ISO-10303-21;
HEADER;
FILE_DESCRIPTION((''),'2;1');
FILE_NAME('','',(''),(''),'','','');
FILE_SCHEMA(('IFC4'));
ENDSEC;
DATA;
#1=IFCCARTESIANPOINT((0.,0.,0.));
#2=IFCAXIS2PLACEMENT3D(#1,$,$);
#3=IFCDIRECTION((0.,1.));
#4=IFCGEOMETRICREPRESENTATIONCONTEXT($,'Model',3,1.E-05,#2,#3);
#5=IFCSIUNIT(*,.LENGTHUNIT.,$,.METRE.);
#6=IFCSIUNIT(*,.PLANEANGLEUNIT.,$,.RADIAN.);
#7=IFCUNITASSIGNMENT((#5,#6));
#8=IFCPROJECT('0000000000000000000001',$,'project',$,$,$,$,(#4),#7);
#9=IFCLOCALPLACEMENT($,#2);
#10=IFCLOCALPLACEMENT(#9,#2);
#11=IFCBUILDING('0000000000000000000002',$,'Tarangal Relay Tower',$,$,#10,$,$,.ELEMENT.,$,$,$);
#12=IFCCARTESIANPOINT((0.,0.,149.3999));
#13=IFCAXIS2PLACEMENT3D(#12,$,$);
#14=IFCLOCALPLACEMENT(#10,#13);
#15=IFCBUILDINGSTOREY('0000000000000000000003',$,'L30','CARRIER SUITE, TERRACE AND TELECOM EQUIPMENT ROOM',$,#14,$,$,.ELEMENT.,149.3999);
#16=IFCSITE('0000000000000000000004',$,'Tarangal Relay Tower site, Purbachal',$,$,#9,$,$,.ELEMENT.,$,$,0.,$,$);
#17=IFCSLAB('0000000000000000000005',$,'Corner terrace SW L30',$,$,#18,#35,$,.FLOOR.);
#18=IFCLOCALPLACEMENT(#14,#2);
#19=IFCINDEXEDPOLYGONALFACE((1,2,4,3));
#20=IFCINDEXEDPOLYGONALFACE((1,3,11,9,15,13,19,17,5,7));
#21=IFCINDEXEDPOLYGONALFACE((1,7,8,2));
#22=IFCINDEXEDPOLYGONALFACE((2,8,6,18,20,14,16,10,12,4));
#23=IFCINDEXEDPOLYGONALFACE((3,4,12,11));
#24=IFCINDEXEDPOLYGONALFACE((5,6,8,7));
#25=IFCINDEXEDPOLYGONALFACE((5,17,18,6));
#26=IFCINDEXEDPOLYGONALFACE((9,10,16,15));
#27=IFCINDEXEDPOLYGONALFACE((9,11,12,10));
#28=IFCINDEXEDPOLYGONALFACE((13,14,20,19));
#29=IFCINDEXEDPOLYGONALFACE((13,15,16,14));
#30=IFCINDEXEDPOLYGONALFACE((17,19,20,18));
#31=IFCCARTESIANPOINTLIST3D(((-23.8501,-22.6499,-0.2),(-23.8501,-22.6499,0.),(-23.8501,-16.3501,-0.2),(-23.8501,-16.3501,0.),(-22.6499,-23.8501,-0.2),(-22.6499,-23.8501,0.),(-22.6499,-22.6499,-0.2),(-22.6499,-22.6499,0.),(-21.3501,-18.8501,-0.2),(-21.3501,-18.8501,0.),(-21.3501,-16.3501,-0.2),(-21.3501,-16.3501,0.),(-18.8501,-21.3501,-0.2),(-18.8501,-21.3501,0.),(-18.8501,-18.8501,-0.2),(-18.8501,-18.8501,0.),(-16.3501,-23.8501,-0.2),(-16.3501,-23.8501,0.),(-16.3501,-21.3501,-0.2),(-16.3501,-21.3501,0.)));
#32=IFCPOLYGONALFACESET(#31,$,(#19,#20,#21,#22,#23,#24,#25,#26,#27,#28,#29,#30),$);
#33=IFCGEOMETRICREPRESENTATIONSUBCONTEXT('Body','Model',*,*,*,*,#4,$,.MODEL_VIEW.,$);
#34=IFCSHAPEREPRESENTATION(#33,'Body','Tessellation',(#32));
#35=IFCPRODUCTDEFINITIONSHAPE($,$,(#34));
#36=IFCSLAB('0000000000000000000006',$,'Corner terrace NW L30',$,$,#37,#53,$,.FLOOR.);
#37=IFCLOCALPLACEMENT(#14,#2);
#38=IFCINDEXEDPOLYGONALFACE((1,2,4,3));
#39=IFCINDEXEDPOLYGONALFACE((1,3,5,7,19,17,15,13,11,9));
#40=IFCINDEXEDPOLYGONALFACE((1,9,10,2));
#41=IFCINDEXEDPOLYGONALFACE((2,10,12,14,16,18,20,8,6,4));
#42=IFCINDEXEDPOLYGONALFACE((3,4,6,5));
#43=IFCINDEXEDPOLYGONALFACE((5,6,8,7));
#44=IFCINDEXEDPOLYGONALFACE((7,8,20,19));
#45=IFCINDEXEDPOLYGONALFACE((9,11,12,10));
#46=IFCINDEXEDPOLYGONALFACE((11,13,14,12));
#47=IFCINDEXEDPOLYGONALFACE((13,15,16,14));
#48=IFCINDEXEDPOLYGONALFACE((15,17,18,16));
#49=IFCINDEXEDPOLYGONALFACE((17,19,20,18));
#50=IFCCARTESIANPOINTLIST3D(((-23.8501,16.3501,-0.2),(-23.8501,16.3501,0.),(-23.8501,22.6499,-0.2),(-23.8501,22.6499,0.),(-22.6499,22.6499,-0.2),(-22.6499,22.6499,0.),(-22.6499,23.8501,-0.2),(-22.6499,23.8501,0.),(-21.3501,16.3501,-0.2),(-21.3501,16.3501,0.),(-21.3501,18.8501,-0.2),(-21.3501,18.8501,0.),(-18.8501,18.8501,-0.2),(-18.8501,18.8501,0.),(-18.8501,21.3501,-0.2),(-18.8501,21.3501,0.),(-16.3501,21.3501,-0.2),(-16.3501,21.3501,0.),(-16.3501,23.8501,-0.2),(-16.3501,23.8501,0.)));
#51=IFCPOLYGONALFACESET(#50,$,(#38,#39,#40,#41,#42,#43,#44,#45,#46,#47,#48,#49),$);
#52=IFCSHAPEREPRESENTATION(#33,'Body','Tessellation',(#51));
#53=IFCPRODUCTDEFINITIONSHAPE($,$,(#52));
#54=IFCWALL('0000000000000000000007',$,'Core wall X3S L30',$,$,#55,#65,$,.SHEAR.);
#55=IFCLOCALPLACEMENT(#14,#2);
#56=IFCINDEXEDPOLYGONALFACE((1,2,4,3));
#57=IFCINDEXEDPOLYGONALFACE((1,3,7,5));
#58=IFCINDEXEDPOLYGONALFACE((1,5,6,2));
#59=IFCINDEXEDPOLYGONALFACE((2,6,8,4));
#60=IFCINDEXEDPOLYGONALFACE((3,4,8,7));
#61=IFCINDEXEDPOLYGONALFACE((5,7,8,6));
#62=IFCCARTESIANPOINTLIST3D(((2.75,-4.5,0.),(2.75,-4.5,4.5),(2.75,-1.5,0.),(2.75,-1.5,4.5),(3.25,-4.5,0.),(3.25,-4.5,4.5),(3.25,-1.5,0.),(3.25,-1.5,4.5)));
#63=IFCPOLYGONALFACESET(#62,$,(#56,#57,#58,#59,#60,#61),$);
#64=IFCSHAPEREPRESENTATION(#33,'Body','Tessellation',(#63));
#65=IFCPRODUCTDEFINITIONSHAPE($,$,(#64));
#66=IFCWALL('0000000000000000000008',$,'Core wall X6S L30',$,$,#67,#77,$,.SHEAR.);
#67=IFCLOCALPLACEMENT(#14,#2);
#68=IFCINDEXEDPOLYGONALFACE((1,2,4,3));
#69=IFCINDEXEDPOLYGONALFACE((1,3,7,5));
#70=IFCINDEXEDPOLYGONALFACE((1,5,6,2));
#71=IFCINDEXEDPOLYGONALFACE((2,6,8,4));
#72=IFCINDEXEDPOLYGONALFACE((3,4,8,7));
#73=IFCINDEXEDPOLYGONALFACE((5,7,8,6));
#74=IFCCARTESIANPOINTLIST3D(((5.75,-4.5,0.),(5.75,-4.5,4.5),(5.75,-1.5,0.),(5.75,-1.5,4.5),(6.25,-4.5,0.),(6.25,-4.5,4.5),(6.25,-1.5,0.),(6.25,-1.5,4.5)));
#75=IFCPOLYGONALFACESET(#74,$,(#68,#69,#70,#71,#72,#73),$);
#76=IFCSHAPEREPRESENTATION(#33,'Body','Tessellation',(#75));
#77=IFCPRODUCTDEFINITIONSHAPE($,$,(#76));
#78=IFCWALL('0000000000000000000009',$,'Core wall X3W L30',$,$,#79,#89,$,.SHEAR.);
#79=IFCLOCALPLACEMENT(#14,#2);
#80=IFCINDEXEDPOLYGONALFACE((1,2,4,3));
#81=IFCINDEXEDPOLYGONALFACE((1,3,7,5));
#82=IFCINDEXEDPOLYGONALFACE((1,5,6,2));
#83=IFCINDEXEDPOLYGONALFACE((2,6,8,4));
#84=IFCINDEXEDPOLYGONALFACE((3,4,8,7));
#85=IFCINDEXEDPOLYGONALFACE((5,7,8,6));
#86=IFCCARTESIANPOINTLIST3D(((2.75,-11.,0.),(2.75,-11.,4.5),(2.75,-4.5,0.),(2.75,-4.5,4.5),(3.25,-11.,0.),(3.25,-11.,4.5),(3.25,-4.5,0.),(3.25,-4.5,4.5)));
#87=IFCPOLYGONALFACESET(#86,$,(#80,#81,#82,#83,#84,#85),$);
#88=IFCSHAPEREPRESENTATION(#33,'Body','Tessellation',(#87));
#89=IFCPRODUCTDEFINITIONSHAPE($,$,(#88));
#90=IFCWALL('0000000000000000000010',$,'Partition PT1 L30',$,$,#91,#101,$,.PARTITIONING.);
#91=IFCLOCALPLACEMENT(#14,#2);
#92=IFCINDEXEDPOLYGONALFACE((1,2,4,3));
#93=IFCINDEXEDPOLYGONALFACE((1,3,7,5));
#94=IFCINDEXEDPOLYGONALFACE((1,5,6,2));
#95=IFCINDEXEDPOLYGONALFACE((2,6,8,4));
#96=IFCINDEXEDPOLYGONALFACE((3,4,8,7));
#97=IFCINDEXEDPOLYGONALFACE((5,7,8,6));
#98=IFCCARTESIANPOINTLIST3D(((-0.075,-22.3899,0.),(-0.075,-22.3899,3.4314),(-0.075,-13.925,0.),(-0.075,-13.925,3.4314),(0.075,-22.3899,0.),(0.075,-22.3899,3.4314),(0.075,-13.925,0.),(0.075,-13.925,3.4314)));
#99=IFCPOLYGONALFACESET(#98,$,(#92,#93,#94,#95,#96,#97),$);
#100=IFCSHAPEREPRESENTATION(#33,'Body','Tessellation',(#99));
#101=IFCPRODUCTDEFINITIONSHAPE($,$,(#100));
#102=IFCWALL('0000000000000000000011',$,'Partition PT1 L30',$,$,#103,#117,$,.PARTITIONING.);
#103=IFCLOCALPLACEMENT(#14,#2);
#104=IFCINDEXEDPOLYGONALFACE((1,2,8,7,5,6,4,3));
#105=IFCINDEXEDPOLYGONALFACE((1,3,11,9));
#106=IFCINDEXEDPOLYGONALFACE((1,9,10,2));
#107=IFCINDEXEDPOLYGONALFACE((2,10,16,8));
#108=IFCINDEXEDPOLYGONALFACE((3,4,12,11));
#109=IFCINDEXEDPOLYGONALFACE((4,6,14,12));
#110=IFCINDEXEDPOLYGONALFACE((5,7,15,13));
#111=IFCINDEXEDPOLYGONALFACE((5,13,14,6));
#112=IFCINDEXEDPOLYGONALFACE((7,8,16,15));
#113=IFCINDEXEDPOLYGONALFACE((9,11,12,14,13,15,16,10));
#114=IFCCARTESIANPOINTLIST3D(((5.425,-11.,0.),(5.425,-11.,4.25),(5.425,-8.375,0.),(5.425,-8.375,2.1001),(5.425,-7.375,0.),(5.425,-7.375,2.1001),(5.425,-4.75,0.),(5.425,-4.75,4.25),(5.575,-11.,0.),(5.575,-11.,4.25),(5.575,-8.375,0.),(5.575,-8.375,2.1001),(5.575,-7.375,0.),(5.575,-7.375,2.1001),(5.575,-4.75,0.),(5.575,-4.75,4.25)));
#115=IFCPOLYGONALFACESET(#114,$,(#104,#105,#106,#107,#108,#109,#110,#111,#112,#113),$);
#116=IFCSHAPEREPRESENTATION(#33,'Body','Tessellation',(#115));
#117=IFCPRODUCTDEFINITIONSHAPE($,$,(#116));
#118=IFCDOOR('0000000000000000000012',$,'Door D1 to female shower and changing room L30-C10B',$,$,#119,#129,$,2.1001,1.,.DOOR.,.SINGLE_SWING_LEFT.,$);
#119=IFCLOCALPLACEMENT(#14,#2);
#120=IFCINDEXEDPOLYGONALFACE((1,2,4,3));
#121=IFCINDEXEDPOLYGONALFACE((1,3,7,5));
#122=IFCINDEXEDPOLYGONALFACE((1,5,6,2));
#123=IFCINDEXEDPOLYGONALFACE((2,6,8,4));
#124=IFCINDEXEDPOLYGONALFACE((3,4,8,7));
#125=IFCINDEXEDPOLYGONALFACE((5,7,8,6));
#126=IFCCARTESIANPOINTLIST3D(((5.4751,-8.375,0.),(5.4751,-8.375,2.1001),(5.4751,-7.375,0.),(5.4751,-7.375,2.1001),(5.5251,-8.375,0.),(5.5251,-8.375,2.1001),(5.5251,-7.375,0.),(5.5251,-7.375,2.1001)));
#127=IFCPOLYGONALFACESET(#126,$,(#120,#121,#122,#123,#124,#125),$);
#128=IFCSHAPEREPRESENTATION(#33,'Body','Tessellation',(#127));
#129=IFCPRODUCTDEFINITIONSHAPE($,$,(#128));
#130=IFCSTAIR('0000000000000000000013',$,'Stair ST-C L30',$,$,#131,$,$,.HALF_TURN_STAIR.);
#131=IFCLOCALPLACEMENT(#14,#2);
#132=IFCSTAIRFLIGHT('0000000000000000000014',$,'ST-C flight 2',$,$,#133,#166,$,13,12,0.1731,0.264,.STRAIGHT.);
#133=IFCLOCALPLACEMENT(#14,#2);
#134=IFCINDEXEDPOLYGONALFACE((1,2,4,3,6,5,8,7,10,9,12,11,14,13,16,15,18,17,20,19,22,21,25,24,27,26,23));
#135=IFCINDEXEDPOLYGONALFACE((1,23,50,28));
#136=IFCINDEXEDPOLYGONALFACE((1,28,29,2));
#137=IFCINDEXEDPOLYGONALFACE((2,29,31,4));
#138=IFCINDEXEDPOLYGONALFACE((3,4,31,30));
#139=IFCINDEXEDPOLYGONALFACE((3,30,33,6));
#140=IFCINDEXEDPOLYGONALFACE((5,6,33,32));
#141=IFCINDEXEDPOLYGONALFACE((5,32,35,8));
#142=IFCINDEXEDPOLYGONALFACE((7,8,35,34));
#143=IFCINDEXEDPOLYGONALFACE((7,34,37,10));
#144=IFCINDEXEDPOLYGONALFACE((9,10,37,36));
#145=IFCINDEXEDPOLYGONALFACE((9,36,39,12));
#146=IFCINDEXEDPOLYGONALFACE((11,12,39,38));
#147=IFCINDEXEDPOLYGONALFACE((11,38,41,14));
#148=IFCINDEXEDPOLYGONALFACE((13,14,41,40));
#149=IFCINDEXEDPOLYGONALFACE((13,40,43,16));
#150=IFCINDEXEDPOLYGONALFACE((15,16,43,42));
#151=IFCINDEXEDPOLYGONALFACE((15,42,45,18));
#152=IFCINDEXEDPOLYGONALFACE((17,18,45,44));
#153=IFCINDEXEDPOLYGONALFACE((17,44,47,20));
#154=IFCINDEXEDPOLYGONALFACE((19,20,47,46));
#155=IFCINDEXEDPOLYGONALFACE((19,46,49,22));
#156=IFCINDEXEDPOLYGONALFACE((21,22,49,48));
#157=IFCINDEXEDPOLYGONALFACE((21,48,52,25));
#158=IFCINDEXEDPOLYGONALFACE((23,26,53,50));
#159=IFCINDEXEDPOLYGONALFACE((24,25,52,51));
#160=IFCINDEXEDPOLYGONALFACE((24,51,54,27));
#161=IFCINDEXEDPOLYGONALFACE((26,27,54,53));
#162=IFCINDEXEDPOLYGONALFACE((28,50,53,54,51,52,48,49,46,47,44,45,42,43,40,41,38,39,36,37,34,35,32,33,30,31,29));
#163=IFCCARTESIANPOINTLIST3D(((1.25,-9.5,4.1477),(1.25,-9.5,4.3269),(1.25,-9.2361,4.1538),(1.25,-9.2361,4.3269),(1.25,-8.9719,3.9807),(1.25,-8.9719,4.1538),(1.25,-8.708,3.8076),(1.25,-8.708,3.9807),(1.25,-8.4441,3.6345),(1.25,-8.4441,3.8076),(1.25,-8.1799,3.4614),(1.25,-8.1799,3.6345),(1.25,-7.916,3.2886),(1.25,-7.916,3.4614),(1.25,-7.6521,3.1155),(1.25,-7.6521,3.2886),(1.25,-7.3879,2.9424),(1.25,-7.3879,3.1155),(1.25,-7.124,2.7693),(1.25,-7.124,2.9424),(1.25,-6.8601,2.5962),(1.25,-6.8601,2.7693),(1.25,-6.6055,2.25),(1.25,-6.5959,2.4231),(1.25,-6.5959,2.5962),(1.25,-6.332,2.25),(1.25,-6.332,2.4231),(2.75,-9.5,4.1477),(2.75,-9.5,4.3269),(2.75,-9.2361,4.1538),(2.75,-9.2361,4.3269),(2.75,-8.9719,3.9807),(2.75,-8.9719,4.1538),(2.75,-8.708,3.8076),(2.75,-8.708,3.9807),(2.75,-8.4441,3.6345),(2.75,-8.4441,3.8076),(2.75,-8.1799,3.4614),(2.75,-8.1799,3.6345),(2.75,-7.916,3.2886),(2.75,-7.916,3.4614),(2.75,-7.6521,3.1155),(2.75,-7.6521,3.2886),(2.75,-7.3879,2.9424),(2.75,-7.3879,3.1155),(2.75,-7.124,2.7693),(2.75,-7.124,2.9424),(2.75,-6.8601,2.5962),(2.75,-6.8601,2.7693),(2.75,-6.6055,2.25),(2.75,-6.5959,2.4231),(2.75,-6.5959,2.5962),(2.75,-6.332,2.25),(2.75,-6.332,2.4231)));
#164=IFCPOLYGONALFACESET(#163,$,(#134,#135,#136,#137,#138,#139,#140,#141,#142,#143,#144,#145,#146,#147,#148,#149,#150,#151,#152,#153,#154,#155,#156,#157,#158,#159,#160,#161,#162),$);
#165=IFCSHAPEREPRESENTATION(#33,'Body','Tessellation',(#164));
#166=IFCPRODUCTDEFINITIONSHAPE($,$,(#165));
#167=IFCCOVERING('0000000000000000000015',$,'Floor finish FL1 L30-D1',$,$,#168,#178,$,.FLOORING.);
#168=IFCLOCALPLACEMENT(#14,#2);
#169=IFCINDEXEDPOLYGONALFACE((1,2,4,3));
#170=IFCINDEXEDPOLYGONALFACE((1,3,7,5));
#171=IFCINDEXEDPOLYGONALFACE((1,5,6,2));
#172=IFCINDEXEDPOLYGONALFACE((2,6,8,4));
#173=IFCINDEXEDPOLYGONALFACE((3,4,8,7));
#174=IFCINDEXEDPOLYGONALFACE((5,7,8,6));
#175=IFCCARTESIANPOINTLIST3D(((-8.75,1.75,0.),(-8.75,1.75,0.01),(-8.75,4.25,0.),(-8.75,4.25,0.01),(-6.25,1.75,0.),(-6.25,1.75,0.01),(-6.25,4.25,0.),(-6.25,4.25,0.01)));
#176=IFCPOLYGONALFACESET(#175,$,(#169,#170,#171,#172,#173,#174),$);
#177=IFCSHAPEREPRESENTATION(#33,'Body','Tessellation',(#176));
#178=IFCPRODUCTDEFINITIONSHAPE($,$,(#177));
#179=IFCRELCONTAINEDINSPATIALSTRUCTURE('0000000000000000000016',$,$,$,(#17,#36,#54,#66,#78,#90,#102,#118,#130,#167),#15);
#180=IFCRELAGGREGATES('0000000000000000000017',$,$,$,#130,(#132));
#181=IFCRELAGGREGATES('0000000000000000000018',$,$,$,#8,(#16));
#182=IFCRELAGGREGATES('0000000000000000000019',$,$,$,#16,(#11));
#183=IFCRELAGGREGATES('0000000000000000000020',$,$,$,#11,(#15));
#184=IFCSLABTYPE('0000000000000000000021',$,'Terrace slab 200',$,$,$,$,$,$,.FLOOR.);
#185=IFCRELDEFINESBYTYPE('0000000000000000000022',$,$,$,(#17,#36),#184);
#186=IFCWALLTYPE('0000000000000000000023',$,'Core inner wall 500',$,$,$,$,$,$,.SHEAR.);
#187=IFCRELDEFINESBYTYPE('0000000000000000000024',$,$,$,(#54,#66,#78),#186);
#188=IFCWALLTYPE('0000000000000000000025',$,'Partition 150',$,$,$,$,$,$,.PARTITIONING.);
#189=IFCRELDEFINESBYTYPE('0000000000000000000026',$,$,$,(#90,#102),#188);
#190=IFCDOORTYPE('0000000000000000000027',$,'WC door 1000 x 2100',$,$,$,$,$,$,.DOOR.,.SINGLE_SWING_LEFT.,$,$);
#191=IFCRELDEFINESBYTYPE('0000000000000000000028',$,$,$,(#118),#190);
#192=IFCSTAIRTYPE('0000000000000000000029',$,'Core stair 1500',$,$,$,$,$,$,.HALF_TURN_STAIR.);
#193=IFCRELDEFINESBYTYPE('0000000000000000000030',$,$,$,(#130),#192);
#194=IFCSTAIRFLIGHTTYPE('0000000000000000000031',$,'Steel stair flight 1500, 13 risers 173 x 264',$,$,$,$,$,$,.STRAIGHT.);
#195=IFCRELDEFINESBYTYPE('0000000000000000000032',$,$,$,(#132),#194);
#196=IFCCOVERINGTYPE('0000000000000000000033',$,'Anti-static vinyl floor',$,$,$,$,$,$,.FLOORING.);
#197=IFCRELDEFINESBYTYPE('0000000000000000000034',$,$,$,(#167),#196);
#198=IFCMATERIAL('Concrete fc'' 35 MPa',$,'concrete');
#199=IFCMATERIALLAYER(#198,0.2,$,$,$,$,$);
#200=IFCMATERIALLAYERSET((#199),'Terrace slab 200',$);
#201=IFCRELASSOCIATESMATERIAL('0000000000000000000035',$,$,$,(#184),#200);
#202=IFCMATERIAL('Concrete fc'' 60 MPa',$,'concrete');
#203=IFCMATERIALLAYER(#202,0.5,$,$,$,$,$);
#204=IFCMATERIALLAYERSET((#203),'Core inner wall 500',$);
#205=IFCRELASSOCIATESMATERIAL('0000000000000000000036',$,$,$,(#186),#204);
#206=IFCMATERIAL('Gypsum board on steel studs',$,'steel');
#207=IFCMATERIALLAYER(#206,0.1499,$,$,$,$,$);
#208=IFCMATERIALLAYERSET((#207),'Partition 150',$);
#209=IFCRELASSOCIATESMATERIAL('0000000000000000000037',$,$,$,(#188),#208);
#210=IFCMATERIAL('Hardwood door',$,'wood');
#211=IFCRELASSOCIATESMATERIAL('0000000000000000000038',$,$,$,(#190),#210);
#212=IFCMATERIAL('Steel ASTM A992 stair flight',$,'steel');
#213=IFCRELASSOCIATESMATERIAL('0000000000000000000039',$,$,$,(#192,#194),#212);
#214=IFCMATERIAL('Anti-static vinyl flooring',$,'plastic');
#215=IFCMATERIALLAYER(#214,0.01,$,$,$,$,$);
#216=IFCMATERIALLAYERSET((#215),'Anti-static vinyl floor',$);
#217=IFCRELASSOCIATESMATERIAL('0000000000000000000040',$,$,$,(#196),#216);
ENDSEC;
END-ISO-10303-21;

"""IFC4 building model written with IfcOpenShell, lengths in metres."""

from ifc_helpers import new_model, si_unit, direction, frame, frame_2d, origin, place, context, subcontext, project, spatial, polyline, rectangle, outline, extrude, material, layer, layer_set, type_object, element, fill, aggregate, save


model = new_model("IFC4")

# Units and contexts
model_context = context("Model", 3, precision=1e-05, world=origin(), true_north=direction((0.0, 1.0)))
body_context = subcontext(model_context, "Body", "Model", "MODEL_VIEW")
ifc_project = project(units=[si_unit("LENGTHUNIT", "METRE"), si_unit("PLANEANGLEUNIT", "RADIAN")], contexts=[model_context])

# Site, building, storey
site_placement = place(None, origin())
site = spatial("IfcSite", under=ifc_project, at=site_placement, Name="Tarangal Relay Tower site, Purbachal", CompositionType="ELEMENT", RefElevation=0.0)
building_placement = place(site_placement, origin())
building = spatial("IfcBuilding", under=site, at=building_placement, Name="Tarangal Relay Tower", CompositionType="ELEMENT")
storey_placement = place(building_placement, frame((0.0, 0.0, 149.3999)))
storey = spatial("IfcBuildingStorey", under=building, at=storey_placement, Name="L30", Description="CARRIER SUITE, TERRACE AND TELECOM EQUIPMENT ROOM", CompositionType="ELEMENT", Elevation=149.3999)

# Slabs
ifc_material_1 = material(Name="Concrete fc' 35 MPa", Category="concrete")
ifc_layer_1 = layer(ifc_material_1, 0.2)
ifc_layer_set_1 = layer_set([ifc_layer_1], Name="Terrace slab 200")
slab_type_1 = type_object("IfcSlabType", Name="Terrace slab 200", PredefinedType="FLOOR", material=ifc_layer_set_1)
slab_1_placement = place(storey_placement, frame((0.0, 0.0, -0.2)))
element("IfcSlab", 1, at=slab_1_placement, inside=storey, type_object=slab_type_1, Name="Corner terrace SW L30", PredefinedType="FLOOR", context=body_context, shape_type="SweptSolid", body=[
    extrude(outline(polyline([(-16.3501, -23.8501), (-16.3501, -21.3501), (-18.8501, -21.3501), (-18.8501, -18.8501), (-21.3501, -18.8501), (-21.3501, -16.3501), (-23.8501, -16.3501), (-23.8501, -22.6499), (-22.6499, -22.6499), (-22.6499, -23.8501), (-16.3501, -23.8501)])), origin(), (0.0, 0.0, 1.0), 0.2),
])
slab_2_placement = place(storey_placement, frame((0.0, 0.0, -0.2)))
element("IfcSlab", 2, at=slab_2_placement, inside=storey, type_object=slab_type_1, Name="Corner terrace NW L30", PredefinedType="FLOOR", context=body_context, shape_type="SweptSolid", body=[
    extrude(outline(polyline([(-23.8501, 16.3501), (-21.3501, 16.3501), (-21.3501, 18.8501), (-18.8501, 18.8501), (-18.8501, 21.3501), (-16.3501, 21.3501), (-16.3501, 23.8501), (-22.6499, 23.8501), (-22.6499, 22.6499), (-23.8501, 22.6499), (-23.8501, 16.3501)])), origin(), (0.0, 0.0, 1.0), 0.2),
])

# Walls
ifc_material_2 = material(Name="Concrete fc' 60 MPa", Category="concrete")
ifc_layer_2 = layer(ifc_material_2, 0.5)
ifc_layer_set_2 = layer_set([ifc_layer_2], Name="Core inner wall 500")
wall_type_1 = type_object("IfcWallType", Name="Core inner wall 500", PredefinedType="SHEAR", material=ifc_layer_set_2)
for number, where, z_axis, x_axis, name in (
    (3, (3.0, -4.5, 0.0), (0.0, 0.0, 1.0), (0.0, 1.0, 0.0), "Core wall X3S L30"),
    (4, (6.0, -4.5, 0.0), (0.0, 0.0, 1.0), (0.0, 1.0, 0.0), "Core wall X6S L30"),
):
    element("IfcWall", number, at=place(storey_placement, frame(where, z_axis=z_axis, x_axis=x_axis)), inside=storey, type_object=wall_type_1, Name=name, PredefinedType="SHEAR", context=body_context, shape_type="SweptSolid", body=[
        extrude(rectangle(XDim=3.0, YDim=0.5, at=frame_2d((1.5, 0.0))), origin(), (0.0, 0.0, 1.0), 4.5),
    ])
wall_1_placement = place(storey_placement, frame((3.0, -11.0, 0.0), z_axis=(0.0, 0.0, 1.0), x_axis=(0.0, 1.0, 0.0)))
element("IfcWall", 5, at=wall_1_placement, inside=storey, type_object=wall_type_1, Name="Core wall X3W L30", PredefinedType="SHEAR", context=body_context, shape_type="SweptSolid", body=[
    extrude(rectangle(XDim=6.5, YDim=0.5, at=frame_2d((3.25, 0.0))), origin(), (0.0, 0.0, 1.0), 4.5),
])
ifc_material_3 = material(Name="Gypsum board on steel studs", Category="steel")
ifc_layer_3 = layer(ifc_material_3, 0.1499)
ifc_layer_set_3 = layer_set([ifc_layer_3], Name="Partition 150")
wall_type_2 = type_object("IfcWallType", Name="Partition 150", PredefinedType="PARTITIONING", material=ifc_layer_set_3)
wall_2_placement = place(storey_placement, frame((0.0, -22.3899, 0.0), z_axis=(0.0, 0.0, 1.0), x_axis=(0.0, 1.0, 0.0)))
element("IfcWall", 6, at=wall_2_placement, inside=storey, type_object=wall_type_2, Name="Partition PT1 L30", PredefinedType="PARTITIONING", context=body_context, shape_type="SweptSolid", body=[
    extrude(rectangle(XDim=8.4648, YDim=0.1499, at=frame_2d((4.2324, 0.0))), origin(), (0.0, 0.0, 1.0), 3.4314),
])

# Wall, opening, door
wall_3_placement = place(storey_placement, frame((5.5, -11.0, 0.0), z_axis=(0.0, 0.0, 1.0), x_axis=(0.0, 1.0, 0.0)))
wall_3 = element("IfcWall", 7, at=wall_3_placement, inside=storey, type_object=wall_type_2, Name="Partition PT1 L30", PredefinedType="PARTITIONING", context=body_context, shape_type="SweptSolid", body=[
    extrude(rectangle(XDim=6.25, YDim=0.1499, at=frame_2d((3.125, 0.0))), origin(), (0.0, 0.0, 1.0), 4.25),
])
opening_placement = place(wall_3_placement, frame((2.625, 0.0, 0.0)))
opening = element("IfcOpeningElement", 8, at=opening_placement, cuts=wall_3, PredefinedType="OPENING", context=body_context, shape_type="SweptSolid", body=[
    extrude(rectangle(XDim=1.0, YDim=2.1001, at=frame_2d((0.5, 1.05))), frame((0.0, 0.085, 0.0), z_axis=(0.0, -1.0, 0.0), x_axis=(1.0, 0.0, 0.0)), (0.0, 0.0, 1.0), 0.1699),
])
ifc_material_4 = material(Name="Hardwood door", Category="wood")
door_type = type_object("IfcDoorType", Name="WC door 1000 x 2100", OperationType="SINGLE_SWING_LEFT", PredefinedType="DOOR", material=ifc_material_4)
door_placement = place(opening_placement, origin())
door = element("IfcDoor", 9, at=door_placement, inside=storey, type_object=door_type, Name="Door D1 to female shower and changing room L30-C10B", OperationType="SINGLE_SWING_LEFT", OverallHeight=2.1001, OverallWidth=1.0, PredefinedType="DOOR", context=body_context, shape_type="SweptSolid", body=[
    extrude(rectangle(XDim=1.0, YDim=2.1001, at=frame_2d((0.5, 1.05))), frame((0.0, 0.0249, 0.0), z_axis=(0.0, -1.0, 0.0), x_axis=(1.0, 0.0, 0.0)), (0.0, 0.0, 1.0), 0.05),
])
fill(opening, door)

# Stair, stair flight
ifc_material_5 = material(Name="Steel ASTM A992 stair flight", Category="steel")
stair_type = type_object("IfcStairType", Name="Core stair 1500", PredefinedType="HALF_TURN_STAIR", material=ifc_material_5)
stair_placement = place(storey_placement, origin())
stair = element("IfcStair", 10, at=stair_placement, inside=storey, type_object=stair_type, Name="Stair ST-C L30", PredefinedType="HALF_TURN_STAIR")
stair_flight_type = type_object("IfcStairFlightType", Name="Steel stair flight 1500, 13 risers 173 x 264", PredefinedType="STRAIGHT", material=ifc_material_5)
stair_flight_placement = place(storey_placement, frame((2.0, -6.332, 2.25), z_axis=(0.0, 0.0, 1.0), x_axis=(0.0, -1.0, 0.0)))
stair_flight = element("IfcStairFlight", 11, at=stair_flight_placement, type_object=stair_flight_type, Name="ST-C flight 2", NumberOfRisers=13, NumberOfTreads=12, PredefinedType="STRAIGHT", RiserHeight=0.1731, TreadLength=0.264, context=body_context, shape_type="SweptSolid", body=[
    extrude(outline(polyline([(0.0, 0.0), (0.0, 0.1731), (0.2639, 0.1731), (0.2639, 0.3462), (0.5281, 0.3462), (0.5281, 0.5193), (0.792, 0.5193), (0.792, 0.6924), (1.0559, 0.6924), (1.0559, 0.8655), (1.3201, 0.8655), (1.3201, 1.0386), (1.584, 1.0386), (1.584, 1.2114), (1.8479, 1.2114), (1.8479, 1.3845), (2.1121, 1.3845), (2.1121, 1.5576), (2.376, 1.5576), (2.376, 1.7307), (2.6399, 1.7307), (2.6399, 1.9038), (2.9041, 1.9038), (2.9041, 2.0769), (3.168, 2.0769), (3.168, 2.25), (3.168, 1.8977), (0.2734, 0.0), (0.0, 0.0)])), frame((0.0, 0.75, 0.0), z_axis=(0.0, -1.0, 0.0), x_axis=(1.0, 0.0, 0.0)), (0.0, 0.0, 1.0), 1.5),
])
aggregate(stair, [stair_flight])

# Covering
ifc_material_6 = material(Name="Anti-static vinyl flooring", Category="plastic")
ifc_layer_4 = layer(ifc_material_6, 0.01)
ifc_layer_set_4 = layer_set([ifc_layer_4], Name="Anti-static vinyl floor")
covering_type_1 = type_object("IfcCoveringType", Name="Anti-static vinyl floor", PredefinedType="FLOORING", material=ifc_layer_set_4)
covering_1_placement = place(storey_placement, origin())
element("IfcCovering", 12, at=covering_1_placement, inside=storey, type_object=covering_type_1, Name="Floor finish FL1 L30-D1", PredefinedType="FLOORING", context=body_context, shape_type="SweptSolid", body=[
    extrude(outline(polyline([(-8.75, 1.75), (-6.25, 1.75), (-6.25, 4.25), (-8.75, 4.25), (-8.75, 1.75)])), origin(), (0.0, 0.0, 1.0), 0.01),
])

save(model, "model.ifc")
